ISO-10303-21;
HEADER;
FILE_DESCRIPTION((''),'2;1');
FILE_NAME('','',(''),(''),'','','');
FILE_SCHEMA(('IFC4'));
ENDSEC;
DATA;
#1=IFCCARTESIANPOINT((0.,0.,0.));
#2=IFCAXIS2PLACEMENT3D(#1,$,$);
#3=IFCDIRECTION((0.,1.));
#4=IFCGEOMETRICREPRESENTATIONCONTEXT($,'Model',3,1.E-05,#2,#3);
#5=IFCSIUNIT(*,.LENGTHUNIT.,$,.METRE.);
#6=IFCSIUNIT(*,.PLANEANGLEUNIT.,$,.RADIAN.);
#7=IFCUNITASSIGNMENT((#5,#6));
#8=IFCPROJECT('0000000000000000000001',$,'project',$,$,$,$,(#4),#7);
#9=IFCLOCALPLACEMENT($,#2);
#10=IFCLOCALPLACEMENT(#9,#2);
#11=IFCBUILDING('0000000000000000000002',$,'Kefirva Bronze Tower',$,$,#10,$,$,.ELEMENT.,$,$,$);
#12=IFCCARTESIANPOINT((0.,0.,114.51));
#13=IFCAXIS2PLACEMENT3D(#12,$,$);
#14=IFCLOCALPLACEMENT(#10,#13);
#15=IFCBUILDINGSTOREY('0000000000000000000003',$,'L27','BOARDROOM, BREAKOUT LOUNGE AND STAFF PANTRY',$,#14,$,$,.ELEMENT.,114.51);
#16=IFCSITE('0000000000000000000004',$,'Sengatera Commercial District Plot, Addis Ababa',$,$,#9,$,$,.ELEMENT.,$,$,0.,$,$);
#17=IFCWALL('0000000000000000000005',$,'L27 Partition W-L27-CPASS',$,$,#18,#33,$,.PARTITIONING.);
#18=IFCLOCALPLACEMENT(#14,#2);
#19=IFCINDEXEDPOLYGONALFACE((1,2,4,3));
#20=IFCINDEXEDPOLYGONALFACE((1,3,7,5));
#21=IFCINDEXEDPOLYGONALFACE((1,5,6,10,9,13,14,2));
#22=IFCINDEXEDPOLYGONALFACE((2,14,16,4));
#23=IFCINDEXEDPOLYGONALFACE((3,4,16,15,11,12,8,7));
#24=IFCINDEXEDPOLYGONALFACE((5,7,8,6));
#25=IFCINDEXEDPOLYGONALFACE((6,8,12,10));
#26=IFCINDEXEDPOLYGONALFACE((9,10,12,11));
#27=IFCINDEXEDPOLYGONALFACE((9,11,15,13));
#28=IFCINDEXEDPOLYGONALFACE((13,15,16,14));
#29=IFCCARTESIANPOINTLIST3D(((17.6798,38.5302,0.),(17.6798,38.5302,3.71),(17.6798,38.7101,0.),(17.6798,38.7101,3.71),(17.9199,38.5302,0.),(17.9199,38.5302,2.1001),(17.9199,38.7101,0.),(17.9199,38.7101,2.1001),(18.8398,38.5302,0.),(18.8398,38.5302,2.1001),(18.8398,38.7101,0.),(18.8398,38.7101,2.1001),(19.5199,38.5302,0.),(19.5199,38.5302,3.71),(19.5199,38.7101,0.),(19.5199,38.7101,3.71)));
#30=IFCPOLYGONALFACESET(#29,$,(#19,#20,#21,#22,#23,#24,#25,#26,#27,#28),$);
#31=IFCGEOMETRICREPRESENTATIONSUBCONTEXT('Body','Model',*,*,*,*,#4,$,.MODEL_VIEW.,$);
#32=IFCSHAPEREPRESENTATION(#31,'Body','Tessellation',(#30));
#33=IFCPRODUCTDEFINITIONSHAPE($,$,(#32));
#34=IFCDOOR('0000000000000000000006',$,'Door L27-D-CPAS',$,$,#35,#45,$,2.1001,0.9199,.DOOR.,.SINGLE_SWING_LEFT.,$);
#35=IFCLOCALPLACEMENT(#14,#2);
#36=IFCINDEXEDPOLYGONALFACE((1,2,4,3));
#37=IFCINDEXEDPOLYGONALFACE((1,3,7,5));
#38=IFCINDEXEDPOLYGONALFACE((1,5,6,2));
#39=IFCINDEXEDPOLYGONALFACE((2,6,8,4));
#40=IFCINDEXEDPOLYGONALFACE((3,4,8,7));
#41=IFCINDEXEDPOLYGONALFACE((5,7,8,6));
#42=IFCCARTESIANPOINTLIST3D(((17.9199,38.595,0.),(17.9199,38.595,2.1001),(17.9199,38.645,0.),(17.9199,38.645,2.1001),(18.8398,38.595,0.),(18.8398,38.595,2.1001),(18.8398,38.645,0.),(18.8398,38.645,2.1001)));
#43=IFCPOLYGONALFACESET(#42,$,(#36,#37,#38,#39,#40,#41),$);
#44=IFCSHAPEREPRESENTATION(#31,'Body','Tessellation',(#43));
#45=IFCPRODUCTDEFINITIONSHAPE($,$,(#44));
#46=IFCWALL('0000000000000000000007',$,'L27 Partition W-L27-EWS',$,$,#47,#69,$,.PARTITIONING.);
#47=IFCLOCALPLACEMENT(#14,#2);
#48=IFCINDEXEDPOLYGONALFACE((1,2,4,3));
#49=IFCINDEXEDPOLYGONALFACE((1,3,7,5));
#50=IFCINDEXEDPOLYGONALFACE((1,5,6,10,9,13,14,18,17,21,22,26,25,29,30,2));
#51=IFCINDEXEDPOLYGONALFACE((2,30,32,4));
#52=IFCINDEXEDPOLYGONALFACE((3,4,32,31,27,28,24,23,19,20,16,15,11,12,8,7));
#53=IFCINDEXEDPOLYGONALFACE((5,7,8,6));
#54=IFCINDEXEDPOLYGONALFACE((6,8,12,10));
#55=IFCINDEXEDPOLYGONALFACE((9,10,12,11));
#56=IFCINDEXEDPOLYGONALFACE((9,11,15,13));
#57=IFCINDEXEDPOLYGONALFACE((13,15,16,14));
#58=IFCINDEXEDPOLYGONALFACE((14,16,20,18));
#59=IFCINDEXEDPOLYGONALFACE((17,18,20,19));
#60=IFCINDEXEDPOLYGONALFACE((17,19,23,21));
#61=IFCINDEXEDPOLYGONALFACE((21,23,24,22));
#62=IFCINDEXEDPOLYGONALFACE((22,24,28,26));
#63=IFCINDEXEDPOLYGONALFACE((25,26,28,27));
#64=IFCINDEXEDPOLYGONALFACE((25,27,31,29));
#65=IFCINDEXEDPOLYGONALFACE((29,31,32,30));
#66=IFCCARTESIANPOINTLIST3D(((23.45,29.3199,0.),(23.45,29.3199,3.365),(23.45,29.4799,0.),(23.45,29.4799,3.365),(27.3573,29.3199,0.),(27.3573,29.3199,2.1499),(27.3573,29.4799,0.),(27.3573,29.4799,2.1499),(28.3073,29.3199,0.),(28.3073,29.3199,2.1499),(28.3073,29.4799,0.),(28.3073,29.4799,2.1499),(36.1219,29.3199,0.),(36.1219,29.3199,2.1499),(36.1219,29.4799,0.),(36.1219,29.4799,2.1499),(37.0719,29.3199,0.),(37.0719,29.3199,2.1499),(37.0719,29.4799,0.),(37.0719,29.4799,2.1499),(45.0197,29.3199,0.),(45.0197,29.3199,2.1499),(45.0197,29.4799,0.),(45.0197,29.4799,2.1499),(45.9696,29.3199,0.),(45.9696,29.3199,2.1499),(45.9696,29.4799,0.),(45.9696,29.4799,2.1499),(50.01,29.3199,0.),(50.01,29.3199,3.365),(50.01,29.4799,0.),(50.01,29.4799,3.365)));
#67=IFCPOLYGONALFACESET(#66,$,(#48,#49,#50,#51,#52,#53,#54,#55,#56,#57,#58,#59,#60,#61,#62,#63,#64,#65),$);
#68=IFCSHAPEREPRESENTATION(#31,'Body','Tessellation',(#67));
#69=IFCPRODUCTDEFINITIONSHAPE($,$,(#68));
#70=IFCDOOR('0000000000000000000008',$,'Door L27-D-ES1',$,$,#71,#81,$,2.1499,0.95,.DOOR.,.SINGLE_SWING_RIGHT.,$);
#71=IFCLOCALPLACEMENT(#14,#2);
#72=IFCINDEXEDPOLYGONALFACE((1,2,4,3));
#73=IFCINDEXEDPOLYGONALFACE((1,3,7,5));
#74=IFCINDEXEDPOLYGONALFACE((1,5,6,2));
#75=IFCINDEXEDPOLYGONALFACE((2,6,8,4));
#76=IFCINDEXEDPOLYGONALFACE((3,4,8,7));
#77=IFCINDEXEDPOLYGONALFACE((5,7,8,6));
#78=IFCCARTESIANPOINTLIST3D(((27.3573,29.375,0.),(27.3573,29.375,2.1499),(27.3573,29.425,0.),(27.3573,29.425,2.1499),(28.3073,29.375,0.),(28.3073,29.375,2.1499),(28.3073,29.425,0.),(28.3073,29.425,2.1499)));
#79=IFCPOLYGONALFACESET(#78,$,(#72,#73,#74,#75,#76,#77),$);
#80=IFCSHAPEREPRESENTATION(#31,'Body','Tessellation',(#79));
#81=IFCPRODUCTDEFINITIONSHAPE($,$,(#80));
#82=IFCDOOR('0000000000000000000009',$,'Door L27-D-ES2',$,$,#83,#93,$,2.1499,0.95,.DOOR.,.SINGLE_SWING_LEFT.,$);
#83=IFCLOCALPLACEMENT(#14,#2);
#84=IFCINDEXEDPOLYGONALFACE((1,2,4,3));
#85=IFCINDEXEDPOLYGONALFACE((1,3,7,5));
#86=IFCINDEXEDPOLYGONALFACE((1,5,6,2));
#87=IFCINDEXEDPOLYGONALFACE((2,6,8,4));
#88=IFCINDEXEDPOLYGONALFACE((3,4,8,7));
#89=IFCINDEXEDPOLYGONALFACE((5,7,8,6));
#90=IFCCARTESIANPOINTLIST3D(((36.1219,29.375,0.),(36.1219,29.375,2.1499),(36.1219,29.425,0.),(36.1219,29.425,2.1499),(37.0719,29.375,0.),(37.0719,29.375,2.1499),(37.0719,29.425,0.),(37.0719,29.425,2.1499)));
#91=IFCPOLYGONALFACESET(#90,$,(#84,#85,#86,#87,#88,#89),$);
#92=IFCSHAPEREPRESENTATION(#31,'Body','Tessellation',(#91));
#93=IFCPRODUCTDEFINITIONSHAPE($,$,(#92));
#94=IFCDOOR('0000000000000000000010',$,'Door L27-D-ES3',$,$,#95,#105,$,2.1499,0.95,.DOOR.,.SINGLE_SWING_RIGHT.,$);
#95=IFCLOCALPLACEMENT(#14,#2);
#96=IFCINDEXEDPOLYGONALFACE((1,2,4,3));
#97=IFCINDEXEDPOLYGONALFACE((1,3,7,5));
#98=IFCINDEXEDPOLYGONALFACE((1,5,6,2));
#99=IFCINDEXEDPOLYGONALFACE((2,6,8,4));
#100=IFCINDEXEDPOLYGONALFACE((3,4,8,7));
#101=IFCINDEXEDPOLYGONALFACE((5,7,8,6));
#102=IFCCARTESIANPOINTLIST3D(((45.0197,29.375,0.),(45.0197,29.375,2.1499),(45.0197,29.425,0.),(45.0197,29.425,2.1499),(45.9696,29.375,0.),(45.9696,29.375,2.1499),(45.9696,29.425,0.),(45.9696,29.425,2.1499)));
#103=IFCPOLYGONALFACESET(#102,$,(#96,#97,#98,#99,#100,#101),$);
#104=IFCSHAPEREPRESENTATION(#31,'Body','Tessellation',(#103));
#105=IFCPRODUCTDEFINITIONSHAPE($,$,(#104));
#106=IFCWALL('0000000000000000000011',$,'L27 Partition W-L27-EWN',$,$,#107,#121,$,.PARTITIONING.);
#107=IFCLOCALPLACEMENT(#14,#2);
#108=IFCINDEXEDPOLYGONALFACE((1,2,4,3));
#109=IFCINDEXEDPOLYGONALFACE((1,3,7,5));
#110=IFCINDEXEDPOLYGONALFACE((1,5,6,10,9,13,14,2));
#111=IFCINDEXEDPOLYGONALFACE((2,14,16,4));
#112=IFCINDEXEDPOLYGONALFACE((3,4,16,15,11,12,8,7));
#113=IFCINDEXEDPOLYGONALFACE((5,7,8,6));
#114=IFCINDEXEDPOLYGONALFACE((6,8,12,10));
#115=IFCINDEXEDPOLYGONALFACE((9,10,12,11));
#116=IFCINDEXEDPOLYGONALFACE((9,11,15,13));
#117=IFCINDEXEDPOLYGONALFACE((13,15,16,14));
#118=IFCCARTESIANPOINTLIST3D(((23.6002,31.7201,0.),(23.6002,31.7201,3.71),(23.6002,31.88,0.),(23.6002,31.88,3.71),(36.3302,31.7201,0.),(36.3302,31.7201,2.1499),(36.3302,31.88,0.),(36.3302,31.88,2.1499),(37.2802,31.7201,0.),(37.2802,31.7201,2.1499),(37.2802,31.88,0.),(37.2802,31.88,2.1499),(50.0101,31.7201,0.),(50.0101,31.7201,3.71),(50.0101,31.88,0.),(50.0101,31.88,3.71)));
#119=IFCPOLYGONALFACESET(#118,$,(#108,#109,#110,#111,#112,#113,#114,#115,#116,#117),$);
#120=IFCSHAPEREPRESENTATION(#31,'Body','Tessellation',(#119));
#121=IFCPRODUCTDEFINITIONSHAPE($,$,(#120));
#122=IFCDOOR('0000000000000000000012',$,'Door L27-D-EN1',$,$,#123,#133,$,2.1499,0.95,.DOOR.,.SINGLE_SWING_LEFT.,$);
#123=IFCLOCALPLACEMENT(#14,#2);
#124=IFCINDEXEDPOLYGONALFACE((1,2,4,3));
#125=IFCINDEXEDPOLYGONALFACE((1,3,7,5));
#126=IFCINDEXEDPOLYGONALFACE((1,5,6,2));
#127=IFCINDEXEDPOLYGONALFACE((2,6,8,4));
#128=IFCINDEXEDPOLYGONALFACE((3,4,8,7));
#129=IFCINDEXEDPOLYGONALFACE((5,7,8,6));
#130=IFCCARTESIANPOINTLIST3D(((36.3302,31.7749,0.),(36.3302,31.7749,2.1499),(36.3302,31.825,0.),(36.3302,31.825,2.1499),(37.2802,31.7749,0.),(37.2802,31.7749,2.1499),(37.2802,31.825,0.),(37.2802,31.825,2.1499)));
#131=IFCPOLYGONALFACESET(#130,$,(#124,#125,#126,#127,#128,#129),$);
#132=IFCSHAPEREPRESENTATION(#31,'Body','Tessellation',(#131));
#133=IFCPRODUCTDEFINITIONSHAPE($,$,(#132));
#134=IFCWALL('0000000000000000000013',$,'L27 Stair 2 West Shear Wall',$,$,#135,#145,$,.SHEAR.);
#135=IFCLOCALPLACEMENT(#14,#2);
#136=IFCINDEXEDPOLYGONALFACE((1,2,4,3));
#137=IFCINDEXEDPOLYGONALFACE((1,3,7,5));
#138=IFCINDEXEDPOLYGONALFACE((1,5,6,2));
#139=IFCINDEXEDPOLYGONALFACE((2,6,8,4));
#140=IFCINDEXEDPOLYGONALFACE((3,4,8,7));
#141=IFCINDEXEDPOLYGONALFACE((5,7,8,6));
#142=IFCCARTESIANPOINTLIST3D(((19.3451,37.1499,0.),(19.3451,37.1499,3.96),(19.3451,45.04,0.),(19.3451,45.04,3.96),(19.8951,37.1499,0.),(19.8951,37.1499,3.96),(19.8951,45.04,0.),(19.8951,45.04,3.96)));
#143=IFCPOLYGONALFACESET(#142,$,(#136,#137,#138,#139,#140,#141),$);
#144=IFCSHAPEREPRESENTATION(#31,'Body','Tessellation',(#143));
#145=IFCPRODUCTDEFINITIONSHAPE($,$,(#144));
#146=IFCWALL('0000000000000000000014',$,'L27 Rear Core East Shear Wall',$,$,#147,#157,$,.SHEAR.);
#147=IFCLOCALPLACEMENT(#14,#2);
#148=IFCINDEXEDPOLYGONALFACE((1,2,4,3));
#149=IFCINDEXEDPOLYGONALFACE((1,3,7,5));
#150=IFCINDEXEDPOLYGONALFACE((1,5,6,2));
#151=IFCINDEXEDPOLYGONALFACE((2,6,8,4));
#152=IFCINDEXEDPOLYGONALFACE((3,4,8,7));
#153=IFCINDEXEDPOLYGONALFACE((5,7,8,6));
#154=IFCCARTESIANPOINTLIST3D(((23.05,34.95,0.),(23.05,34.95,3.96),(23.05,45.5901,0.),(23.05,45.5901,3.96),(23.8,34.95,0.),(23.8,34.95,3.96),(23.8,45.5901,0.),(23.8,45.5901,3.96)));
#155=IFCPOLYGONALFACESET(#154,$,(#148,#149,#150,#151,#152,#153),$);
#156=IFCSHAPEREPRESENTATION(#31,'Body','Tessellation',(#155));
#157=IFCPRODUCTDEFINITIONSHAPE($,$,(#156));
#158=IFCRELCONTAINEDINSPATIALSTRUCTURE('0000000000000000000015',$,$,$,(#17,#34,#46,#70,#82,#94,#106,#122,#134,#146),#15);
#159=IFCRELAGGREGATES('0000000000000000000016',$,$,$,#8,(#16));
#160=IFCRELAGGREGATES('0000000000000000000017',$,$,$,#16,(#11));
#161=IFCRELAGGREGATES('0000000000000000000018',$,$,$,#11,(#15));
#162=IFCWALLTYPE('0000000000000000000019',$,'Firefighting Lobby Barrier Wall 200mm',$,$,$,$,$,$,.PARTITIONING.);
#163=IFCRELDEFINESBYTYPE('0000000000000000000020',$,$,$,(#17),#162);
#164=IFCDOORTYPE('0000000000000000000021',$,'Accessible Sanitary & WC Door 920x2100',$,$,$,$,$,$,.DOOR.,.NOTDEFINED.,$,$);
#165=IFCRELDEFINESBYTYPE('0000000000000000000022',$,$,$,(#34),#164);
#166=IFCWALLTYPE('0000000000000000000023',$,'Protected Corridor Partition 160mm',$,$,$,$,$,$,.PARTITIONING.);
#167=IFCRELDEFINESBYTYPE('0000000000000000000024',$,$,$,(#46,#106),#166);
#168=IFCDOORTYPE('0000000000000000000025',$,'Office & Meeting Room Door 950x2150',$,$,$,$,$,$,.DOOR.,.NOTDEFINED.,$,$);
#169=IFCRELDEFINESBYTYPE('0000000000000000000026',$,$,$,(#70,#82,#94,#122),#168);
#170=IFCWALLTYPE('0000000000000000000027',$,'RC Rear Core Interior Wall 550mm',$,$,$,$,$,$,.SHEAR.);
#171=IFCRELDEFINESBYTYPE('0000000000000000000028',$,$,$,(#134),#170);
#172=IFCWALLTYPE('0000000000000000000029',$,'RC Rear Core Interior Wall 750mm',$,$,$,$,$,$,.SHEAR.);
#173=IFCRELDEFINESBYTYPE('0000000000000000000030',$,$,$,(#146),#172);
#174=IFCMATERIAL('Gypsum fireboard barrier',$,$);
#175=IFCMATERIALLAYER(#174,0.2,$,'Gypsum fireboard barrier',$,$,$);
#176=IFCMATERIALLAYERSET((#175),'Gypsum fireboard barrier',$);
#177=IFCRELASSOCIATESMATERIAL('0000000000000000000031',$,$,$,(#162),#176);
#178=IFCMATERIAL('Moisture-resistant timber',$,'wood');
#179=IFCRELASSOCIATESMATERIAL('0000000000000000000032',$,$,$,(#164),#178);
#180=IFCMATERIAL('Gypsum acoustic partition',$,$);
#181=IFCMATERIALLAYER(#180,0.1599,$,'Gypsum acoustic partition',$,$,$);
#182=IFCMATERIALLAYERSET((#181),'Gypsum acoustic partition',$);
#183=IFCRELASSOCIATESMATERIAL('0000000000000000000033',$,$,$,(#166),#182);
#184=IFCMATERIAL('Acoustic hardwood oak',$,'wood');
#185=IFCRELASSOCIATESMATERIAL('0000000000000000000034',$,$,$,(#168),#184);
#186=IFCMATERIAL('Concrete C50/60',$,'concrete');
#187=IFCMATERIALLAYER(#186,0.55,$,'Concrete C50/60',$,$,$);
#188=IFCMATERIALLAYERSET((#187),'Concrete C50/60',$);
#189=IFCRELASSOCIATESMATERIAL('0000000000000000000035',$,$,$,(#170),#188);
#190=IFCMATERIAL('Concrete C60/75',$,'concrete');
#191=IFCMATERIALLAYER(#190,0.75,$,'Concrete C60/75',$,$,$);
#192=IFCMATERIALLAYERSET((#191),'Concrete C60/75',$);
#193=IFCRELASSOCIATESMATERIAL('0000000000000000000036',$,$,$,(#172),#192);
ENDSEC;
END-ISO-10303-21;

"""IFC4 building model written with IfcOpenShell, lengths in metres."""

from ifc_helpers import new_model, si_unit, direction, frame, frame_2d, origin, place, context, subcontext, project, spatial, rectangle, extrude, material, layer, layer_set, type_object, element, fill, save


model = new_model("IFC4")

# Units and contexts
model_context = context("Model", 3, precision=1e-05, world=origin(), true_north=direction((0.0, 1.0)))
body_context = subcontext(model_context, "Body", "Model", "MODEL_VIEW")
ifc_project = project(units=[si_unit("LENGTHUNIT", "METRE"), si_unit("PLANEANGLEUNIT", "RADIAN")], contexts=[model_context])

# Site, building, storey
site_placement = place(None, origin())
site = spatial("IfcSite", under=ifc_project, at=site_placement, Name="Sengatera Commercial District Plot, Addis Ababa", CompositionType="ELEMENT", RefElevation=0.0)
building_placement = place(site_placement, origin())
building = spatial("IfcBuilding", under=site, at=building_placement, Name="Kefirva Bronze Tower", CompositionType="ELEMENT")
storey_placement = place(building_placement, frame((0.0, 0.0, 114.51)))
storey = spatial("IfcBuildingStorey", under=building, at=storey_placement, Name="L27", Description="BOARDROOM, BREAKOUT LOUNGE AND STAFF PANTRY", CompositionType="ELEMENT", Elevation=114.51)

# Shared definitions
ifc_material_1 = material(Name="Concrete C60/75", Category="concrete")

# Wall, opening, door
ifc_material_2 = material(Name="Gypsum fireboard barrier")
ifc_layer_1 = layer(ifc_material_2, 0.2, Name="Gypsum fireboard barrier")
ifc_layer_set_1 = layer_set([ifc_layer_1], Name="Gypsum fireboard barrier")
wall_type_1 = type_object("IfcWallType", Name="Firefighting Lobby Barrier Wall 200mm", PredefinedType="PARTITIONING", material=ifc_layer_set_1)
wall_1_placement = place(storey_placement, frame((17.6799, 38.6201, 0.0), z_axis=(0.0, 0.0, 1.0), x_axis=(1.0, 0.0, 0.0)))
wall_1 = element("IfcWall", 1, at=wall_1_placement, inside=storey, type_object=wall_type_1, Name="L27 Partition W-L27-CPASS", PredefinedType="PARTITIONING", context=body_context, shape_type="SweptSolid", body=[
    extrude(rectangle(XDim=1.8401, YDim=0.1799, at=frame_2d((0.9199, 0.0))), origin(), (0.0, 0.0, 1.0), 3.71),
])
opening_1_placement = place(wall_1_placement, frame((0.24, 0.0, 0.0)))
opening_1 = element("IfcOpeningElement", 2, at=opening_1_placement, cuts=wall_1, PredefinedType="OPENING", context=body_context, shape_type="SweptSolid", body=[
    extrude(rectangle(XDim=0.9199, YDim=2.1001, at=frame_2d((0.46, 1.05))), frame((0.0, 0.1001, 0.0), z_axis=(0.0, -1.0, 0.0), x_axis=(1.0, 0.0, 0.0)), (0.0, 0.0, 1.0), 0.2),
])
ifc_material_3 = material(Name="Moisture-resistant timber", Category="wood")
door_type_1 = type_object("IfcDoorType", Name="Accessible Sanitary & WC Door 920x2100", OperationType="NOTDEFINED", PredefinedType="DOOR", material=ifc_material_3)
door_1_placement = place(opening_1_placement, origin())
door_1 = element("IfcDoor", 3, at=door_1_placement, inside=storey, type_object=door_type_1, Name="Door L27-D-CPAS", OperationType="SINGLE_SWING_LEFT", OverallHeight=2.1001, OverallWidth=0.9199, PredefinedType="DOOR", context=body_context, shape_type="SweptSolid", body=[
    extrude(rectangle(XDim=0.9199, YDim=2.1001, at=frame_2d((0.46, 1.05))), frame((0.0, 0.0249, 0.0), z_axis=(0.0, -1.0, 0.0), x_axis=(1.0, 0.0, 0.0)), (0.0, 0.0, 1.0), 0.05),
])
fill(opening_1, door_1)

# Wall, openings, doors
ifc_material_4 = material(Name="Gypsum acoustic partition")
ifc_layer_2 = layer(ifc_material_4, 0.1599, Name="Gypsum acoustic partition")
ifc_layer_set_2 = layer_set([ifc_layer_2], Name="Gypsum acoustic partition")
wall_type_2 = type_object("IfcWallType", Name="Protected Corridor Partition 160mm", PredefinedType="PARTITIONING", material=ifc_layer_set_2)
wall_2_placement = place(storey_placement, frame((23.45, 29.3999, 0.0), z_axis=(0.0, 0.0, 1.0), x_axis=(1.0, 0.0, 0.0)))
wall_2 = element("IfcWall", 4, at=wall_2_placement, inside=storey, type_object=wall_type_2, Name="L27 Partition W-L27-EWS", PredefinedType="PARTITIONING", context=body_context, shape_type="SweptSolid", body=[
    extrude(rectangle(XDim=26.5601, YDim=0.1599, at=frame_2d((13.28, 0.0))), origin(), (0.0, 0.0, 1.0), 3.365),
])
opening_2_placement = place(wall_2_placement, frame((4.8574, 0.0, 0.0), z_axis=(0.0, 0.0, 1.0), x_axis=(-1.0, 0.0, 0.0)))
opening_2 = element("IfcOpeningElement", 5, at=opening_2_placement, cuts=wall_2, PredefinedType="OPENING", context=body_context, shape_type="SweptSolid", body=[
    extrude(rectangle(XDim=0.95, YDim=2.1499, at=frame_2d((0.4751, 1.075))), frame((0.0, 0.0898, 0.0), z_axis=(0.0, -1.0, 0.0), x_axis=(1.0, 0.0, 0.0)), (0.0, 0.0, 1.0), 0.1799),
])
opening_3_placement = place(wall_2_placement, frame((13.6221, 0.0, 0.0), z_axis=(0.0, 0.0, 1.0), x_axis=(-1.0, 0.0, 0.0)))
opening_3 = element("IfcOpeningElement", 6, at=opening_3_placement, cuts=wall_2, PredefinedType="OPENING", context=body_context, shape_type="SweptSolid", body=[
    extrude(rectangle(XDim=0.95, YDim=2.1499, at=frame_2d((0.4751, 1.075))), frame((0.0, 0.0898, 0.0), z_axis=(0.0, -1.0, 0.0), x_axis=(1.0, 0.0, 0.0)), (0.0, 0.0, 1.0), 0.1799),
])
opening_4_placement = place(wall_2_placement, frame((22.5198, 0.0, 0.0), z_axis=(0.0, 0.0, 1.0), x_axis=(-1.0, 0.0, 0.0)))
opening_4 = element("IfcOpeningElement", 7, at=opening_4_placement, cuts=wall_2, PredefinedType="OPENING", context=body_context, shape_type="SweptSolid", body=[
    extrude(rectangle(XDim=0.95, YDim=2.1499, at=frame_2d((0.4751, 1.075))), frame((0.0, 0.0898, 0.0), z_axis=(0.0, -1.0, 0.0), x_axis=(1.0, 0.0, 0.0)), (0.0, 0.0, 1.0), 0.1799),
])
ifc_material_5 = material(Name="Acoustic hardwood oak", Category="wood")
door_type_2 = type_object("IfcDoorType", Name="Office & Meeting Room Door 950x2150", OperationType="NOTDEFINED", PredefinedType="DOOR", material=ifc_material_5)
door_2_placement = place(opening_2_placement, origin())
door_2 = element("IfcDoor", 8, at=door_2_placement, inside=storey, type_object=door_type_2, Name="Door L27-D-ES1", OperationType="SINGLE_SWING_RIGHT", OverallHeight=2.1499, OverallWidth=0.95, PredefinedType="DOOR", context=body_context, shape_type="SweptSolid", body=[
    extrude(rectangle(XDim=0.95, YDim=2.1499, at=frame_2d((0.4751, 1.075))), frame((0.0, 0.0249, 0.0), z_axis=(0.0, -1.0, 0.0), x_axis=(1.0, 0.0, 0.0)), (0.0, 0.0, 1.0), 0.05),
])
fill(opening_2, door_2)
door_3_placement = place(opening_3_placement, origin())
door_3 = element("IfcDoor", 9, at=door_3_placement, inside=storey, type_object=door_type_2, Name="Door L27-D-ES2", OperationType="SINGLE_SWING_LEFT", OverallHeight=2.1499, OverallWidth=0.95, PredefinedType="DOOR", context=body_context, shape_type="SweptSolid", body=[
    extrude(rectangle(XDim=0.95, YDim=2.1499, at=frame_2d((0.4751, 1.075))), frame((0.0, 0.0249, 0.0), z_axis=(0.0, -1.0, 0.0), x_axis=(1.0, 0.0, 0.0)), (0.0, 0.0, 1.0), 0.05),
])
fill(opening_3, door_3)
door_4_placement = place(opening_4_placement, origin())
door_4 = element("IfcDoor", 10, at=door_4_placement, inside=storey, type_object=door_type_2, Name="Door L27-D-ES3", OperationType="SINGLE_SWING_RIGHT", OverallHeight=2.1499, OverallWidth=0.95, PredefinedType="DOOR", context=body_context, shape_type="SweptSolid", body=[
    extrude(rectangle(XDim=0.95, YDim=2.1499, at=frame_2d((0.4751, 1.075))), frame((0.0, 0.0249, 0.0), z_axis=(0.0, -1.0, 0.0), x_axis=(1.0, 0.0, 0.0)), (0.0, 0.0, 1.0), 0.05),
])
fill(opening_4, door_4)

# Wall, opening, door
wall_3_placement = place(storey_placement, frame((23.6001, 31.8, 0.0), z_axis=(0.0, 0.0, 1.0), x_axis=(1.0, 0.0, 0.0)))
wall_3 = element("IfcWall", 11, at=wall_3_placement, inside=storey, type_object=wall_type_2, Name="L27 Partition W-L27-EWN", PredefinedType="PARTITIONING", context=body_context, shape_type="SweptSolid", body=[
    extrude(rectangle(XDim=26.4099, YDim=0.1599, at=frame_2d((13.2051, 0.0))), origin(), (0.0, 0.0, 1.0), 3.71),
])
opening_5_placement = place(wall_3_placement, frame((12.73, 0.0, 0.0)))
opening_5 = element("IfcOpeningElement", 12, at=opening_5_placement, cuts=wall_3, PredefinedType="OPENING", context=body_context, shape_type="SweptSolid", body=[
    extrude(rectangle(XDim=0.95, YDim=2.1499, at=frame_2d((0.4751, 1.075))), frame((0.0, 0.0898, 0.0), z_axis=(0.0, -1.0, 0.0), x_axis=(1.0, 0.0, 0.0)), (0.0, 0.0, 1.0), 0.1799),
])
door_5_placement = place(opening_5_placement, origin())
door_5 = element("IfcDoor", 13, at=door_5_placement, inside=storey, type_object=door_type_2, Name="Door L27-D-EN1", OperationType="SINGLE_SWING_LEFT", OverallHeight=2.1499, OverallWidth=0.95, PredefinedType="DOOR", context=body_context, shape_type="SweptSolid", body=[
    extrude(rectangle(XDim=0.95, YDim=2.1499, at=frame_2d((0.4751, 1.075))), frame((0.0, 0.0249, 0.0), z_axis=(0.0, -1.0, 0.0), x_axis=(1.0, 0.0, 0.0)), (0.0, 0.0, 1.0), 0.05),
])
fill(opening_5, door_5)

# Walls
ifc_material_6 = material(Name="Concrete C50/60", Category="concrete")
ifc_layer_3 = layer(ifc_material_6, 0.55, Name="Concrete C50/60")
ifc_layer_set_3 = layer_set([ifc_layer_3], Name="Concrete C50/60")
wall_type_3 = type_object("IfcWallType", Name="RC Rear Core Interior Wall 550mm", PredefinedType="SHEAR", material=ifc_layer_set_3)
wall_4_placement = place(storey_placement, frame((19.6201, 37.1499, 0.0), z_axis=(0.0, 0.0, 1.0), x_axis=(0.0, 1.0, 0.0)))
element("IfcWall", 14, at=wall_4_placement, inside=storey, type_object=wall_type_3, Name="L27 Stair 2 West Shear Wall", PredefinedType="SHEAR", context=body_context, shape_type="SweptSolid", body=[
    extrude(rectangle(XDim=7.8901, YDim=0.55, at=frame_2d((3.9451, 0.0))), origin(), (0.0, 0.0, 1.0), 3.96),
])
ifc_layer_4 = layer(ifc_material_1, 0.75, Name="Concrete C60/75")
ifc_layer_set_4 = layer_set([ifc_layer_4], Name="Concrete C60/75")
wall_type_4 = type_object("IfcWallType", Name="RC Rear Core Interior Wall 750mm", PredefinedType="SHEAR", material=ifc_layer_set_4)
wall_5_placement = place(storey_placement, frame((23.425, 34.95, 0.0), z_axis=(0.0, 0.0, 1.0), x_axis=(0.0, 1.0, 0.0)))
element("IfcWall", 15, at=wall_5_placement, inside=storey, type_object=wall_type_4, Name="L27 Rear Core East Shear Wall", PredefinedType="SHEAR", context=body_context, shape_type="SweptSolid", body=[
    extrude(rectangle(XDim=10.6401, YDim=0.75, at=frame_2d((5.3201, 0.0))), origin(), (0.0, 0.0, 1.0), 3.96),
])

save(model, "model.ifc")
